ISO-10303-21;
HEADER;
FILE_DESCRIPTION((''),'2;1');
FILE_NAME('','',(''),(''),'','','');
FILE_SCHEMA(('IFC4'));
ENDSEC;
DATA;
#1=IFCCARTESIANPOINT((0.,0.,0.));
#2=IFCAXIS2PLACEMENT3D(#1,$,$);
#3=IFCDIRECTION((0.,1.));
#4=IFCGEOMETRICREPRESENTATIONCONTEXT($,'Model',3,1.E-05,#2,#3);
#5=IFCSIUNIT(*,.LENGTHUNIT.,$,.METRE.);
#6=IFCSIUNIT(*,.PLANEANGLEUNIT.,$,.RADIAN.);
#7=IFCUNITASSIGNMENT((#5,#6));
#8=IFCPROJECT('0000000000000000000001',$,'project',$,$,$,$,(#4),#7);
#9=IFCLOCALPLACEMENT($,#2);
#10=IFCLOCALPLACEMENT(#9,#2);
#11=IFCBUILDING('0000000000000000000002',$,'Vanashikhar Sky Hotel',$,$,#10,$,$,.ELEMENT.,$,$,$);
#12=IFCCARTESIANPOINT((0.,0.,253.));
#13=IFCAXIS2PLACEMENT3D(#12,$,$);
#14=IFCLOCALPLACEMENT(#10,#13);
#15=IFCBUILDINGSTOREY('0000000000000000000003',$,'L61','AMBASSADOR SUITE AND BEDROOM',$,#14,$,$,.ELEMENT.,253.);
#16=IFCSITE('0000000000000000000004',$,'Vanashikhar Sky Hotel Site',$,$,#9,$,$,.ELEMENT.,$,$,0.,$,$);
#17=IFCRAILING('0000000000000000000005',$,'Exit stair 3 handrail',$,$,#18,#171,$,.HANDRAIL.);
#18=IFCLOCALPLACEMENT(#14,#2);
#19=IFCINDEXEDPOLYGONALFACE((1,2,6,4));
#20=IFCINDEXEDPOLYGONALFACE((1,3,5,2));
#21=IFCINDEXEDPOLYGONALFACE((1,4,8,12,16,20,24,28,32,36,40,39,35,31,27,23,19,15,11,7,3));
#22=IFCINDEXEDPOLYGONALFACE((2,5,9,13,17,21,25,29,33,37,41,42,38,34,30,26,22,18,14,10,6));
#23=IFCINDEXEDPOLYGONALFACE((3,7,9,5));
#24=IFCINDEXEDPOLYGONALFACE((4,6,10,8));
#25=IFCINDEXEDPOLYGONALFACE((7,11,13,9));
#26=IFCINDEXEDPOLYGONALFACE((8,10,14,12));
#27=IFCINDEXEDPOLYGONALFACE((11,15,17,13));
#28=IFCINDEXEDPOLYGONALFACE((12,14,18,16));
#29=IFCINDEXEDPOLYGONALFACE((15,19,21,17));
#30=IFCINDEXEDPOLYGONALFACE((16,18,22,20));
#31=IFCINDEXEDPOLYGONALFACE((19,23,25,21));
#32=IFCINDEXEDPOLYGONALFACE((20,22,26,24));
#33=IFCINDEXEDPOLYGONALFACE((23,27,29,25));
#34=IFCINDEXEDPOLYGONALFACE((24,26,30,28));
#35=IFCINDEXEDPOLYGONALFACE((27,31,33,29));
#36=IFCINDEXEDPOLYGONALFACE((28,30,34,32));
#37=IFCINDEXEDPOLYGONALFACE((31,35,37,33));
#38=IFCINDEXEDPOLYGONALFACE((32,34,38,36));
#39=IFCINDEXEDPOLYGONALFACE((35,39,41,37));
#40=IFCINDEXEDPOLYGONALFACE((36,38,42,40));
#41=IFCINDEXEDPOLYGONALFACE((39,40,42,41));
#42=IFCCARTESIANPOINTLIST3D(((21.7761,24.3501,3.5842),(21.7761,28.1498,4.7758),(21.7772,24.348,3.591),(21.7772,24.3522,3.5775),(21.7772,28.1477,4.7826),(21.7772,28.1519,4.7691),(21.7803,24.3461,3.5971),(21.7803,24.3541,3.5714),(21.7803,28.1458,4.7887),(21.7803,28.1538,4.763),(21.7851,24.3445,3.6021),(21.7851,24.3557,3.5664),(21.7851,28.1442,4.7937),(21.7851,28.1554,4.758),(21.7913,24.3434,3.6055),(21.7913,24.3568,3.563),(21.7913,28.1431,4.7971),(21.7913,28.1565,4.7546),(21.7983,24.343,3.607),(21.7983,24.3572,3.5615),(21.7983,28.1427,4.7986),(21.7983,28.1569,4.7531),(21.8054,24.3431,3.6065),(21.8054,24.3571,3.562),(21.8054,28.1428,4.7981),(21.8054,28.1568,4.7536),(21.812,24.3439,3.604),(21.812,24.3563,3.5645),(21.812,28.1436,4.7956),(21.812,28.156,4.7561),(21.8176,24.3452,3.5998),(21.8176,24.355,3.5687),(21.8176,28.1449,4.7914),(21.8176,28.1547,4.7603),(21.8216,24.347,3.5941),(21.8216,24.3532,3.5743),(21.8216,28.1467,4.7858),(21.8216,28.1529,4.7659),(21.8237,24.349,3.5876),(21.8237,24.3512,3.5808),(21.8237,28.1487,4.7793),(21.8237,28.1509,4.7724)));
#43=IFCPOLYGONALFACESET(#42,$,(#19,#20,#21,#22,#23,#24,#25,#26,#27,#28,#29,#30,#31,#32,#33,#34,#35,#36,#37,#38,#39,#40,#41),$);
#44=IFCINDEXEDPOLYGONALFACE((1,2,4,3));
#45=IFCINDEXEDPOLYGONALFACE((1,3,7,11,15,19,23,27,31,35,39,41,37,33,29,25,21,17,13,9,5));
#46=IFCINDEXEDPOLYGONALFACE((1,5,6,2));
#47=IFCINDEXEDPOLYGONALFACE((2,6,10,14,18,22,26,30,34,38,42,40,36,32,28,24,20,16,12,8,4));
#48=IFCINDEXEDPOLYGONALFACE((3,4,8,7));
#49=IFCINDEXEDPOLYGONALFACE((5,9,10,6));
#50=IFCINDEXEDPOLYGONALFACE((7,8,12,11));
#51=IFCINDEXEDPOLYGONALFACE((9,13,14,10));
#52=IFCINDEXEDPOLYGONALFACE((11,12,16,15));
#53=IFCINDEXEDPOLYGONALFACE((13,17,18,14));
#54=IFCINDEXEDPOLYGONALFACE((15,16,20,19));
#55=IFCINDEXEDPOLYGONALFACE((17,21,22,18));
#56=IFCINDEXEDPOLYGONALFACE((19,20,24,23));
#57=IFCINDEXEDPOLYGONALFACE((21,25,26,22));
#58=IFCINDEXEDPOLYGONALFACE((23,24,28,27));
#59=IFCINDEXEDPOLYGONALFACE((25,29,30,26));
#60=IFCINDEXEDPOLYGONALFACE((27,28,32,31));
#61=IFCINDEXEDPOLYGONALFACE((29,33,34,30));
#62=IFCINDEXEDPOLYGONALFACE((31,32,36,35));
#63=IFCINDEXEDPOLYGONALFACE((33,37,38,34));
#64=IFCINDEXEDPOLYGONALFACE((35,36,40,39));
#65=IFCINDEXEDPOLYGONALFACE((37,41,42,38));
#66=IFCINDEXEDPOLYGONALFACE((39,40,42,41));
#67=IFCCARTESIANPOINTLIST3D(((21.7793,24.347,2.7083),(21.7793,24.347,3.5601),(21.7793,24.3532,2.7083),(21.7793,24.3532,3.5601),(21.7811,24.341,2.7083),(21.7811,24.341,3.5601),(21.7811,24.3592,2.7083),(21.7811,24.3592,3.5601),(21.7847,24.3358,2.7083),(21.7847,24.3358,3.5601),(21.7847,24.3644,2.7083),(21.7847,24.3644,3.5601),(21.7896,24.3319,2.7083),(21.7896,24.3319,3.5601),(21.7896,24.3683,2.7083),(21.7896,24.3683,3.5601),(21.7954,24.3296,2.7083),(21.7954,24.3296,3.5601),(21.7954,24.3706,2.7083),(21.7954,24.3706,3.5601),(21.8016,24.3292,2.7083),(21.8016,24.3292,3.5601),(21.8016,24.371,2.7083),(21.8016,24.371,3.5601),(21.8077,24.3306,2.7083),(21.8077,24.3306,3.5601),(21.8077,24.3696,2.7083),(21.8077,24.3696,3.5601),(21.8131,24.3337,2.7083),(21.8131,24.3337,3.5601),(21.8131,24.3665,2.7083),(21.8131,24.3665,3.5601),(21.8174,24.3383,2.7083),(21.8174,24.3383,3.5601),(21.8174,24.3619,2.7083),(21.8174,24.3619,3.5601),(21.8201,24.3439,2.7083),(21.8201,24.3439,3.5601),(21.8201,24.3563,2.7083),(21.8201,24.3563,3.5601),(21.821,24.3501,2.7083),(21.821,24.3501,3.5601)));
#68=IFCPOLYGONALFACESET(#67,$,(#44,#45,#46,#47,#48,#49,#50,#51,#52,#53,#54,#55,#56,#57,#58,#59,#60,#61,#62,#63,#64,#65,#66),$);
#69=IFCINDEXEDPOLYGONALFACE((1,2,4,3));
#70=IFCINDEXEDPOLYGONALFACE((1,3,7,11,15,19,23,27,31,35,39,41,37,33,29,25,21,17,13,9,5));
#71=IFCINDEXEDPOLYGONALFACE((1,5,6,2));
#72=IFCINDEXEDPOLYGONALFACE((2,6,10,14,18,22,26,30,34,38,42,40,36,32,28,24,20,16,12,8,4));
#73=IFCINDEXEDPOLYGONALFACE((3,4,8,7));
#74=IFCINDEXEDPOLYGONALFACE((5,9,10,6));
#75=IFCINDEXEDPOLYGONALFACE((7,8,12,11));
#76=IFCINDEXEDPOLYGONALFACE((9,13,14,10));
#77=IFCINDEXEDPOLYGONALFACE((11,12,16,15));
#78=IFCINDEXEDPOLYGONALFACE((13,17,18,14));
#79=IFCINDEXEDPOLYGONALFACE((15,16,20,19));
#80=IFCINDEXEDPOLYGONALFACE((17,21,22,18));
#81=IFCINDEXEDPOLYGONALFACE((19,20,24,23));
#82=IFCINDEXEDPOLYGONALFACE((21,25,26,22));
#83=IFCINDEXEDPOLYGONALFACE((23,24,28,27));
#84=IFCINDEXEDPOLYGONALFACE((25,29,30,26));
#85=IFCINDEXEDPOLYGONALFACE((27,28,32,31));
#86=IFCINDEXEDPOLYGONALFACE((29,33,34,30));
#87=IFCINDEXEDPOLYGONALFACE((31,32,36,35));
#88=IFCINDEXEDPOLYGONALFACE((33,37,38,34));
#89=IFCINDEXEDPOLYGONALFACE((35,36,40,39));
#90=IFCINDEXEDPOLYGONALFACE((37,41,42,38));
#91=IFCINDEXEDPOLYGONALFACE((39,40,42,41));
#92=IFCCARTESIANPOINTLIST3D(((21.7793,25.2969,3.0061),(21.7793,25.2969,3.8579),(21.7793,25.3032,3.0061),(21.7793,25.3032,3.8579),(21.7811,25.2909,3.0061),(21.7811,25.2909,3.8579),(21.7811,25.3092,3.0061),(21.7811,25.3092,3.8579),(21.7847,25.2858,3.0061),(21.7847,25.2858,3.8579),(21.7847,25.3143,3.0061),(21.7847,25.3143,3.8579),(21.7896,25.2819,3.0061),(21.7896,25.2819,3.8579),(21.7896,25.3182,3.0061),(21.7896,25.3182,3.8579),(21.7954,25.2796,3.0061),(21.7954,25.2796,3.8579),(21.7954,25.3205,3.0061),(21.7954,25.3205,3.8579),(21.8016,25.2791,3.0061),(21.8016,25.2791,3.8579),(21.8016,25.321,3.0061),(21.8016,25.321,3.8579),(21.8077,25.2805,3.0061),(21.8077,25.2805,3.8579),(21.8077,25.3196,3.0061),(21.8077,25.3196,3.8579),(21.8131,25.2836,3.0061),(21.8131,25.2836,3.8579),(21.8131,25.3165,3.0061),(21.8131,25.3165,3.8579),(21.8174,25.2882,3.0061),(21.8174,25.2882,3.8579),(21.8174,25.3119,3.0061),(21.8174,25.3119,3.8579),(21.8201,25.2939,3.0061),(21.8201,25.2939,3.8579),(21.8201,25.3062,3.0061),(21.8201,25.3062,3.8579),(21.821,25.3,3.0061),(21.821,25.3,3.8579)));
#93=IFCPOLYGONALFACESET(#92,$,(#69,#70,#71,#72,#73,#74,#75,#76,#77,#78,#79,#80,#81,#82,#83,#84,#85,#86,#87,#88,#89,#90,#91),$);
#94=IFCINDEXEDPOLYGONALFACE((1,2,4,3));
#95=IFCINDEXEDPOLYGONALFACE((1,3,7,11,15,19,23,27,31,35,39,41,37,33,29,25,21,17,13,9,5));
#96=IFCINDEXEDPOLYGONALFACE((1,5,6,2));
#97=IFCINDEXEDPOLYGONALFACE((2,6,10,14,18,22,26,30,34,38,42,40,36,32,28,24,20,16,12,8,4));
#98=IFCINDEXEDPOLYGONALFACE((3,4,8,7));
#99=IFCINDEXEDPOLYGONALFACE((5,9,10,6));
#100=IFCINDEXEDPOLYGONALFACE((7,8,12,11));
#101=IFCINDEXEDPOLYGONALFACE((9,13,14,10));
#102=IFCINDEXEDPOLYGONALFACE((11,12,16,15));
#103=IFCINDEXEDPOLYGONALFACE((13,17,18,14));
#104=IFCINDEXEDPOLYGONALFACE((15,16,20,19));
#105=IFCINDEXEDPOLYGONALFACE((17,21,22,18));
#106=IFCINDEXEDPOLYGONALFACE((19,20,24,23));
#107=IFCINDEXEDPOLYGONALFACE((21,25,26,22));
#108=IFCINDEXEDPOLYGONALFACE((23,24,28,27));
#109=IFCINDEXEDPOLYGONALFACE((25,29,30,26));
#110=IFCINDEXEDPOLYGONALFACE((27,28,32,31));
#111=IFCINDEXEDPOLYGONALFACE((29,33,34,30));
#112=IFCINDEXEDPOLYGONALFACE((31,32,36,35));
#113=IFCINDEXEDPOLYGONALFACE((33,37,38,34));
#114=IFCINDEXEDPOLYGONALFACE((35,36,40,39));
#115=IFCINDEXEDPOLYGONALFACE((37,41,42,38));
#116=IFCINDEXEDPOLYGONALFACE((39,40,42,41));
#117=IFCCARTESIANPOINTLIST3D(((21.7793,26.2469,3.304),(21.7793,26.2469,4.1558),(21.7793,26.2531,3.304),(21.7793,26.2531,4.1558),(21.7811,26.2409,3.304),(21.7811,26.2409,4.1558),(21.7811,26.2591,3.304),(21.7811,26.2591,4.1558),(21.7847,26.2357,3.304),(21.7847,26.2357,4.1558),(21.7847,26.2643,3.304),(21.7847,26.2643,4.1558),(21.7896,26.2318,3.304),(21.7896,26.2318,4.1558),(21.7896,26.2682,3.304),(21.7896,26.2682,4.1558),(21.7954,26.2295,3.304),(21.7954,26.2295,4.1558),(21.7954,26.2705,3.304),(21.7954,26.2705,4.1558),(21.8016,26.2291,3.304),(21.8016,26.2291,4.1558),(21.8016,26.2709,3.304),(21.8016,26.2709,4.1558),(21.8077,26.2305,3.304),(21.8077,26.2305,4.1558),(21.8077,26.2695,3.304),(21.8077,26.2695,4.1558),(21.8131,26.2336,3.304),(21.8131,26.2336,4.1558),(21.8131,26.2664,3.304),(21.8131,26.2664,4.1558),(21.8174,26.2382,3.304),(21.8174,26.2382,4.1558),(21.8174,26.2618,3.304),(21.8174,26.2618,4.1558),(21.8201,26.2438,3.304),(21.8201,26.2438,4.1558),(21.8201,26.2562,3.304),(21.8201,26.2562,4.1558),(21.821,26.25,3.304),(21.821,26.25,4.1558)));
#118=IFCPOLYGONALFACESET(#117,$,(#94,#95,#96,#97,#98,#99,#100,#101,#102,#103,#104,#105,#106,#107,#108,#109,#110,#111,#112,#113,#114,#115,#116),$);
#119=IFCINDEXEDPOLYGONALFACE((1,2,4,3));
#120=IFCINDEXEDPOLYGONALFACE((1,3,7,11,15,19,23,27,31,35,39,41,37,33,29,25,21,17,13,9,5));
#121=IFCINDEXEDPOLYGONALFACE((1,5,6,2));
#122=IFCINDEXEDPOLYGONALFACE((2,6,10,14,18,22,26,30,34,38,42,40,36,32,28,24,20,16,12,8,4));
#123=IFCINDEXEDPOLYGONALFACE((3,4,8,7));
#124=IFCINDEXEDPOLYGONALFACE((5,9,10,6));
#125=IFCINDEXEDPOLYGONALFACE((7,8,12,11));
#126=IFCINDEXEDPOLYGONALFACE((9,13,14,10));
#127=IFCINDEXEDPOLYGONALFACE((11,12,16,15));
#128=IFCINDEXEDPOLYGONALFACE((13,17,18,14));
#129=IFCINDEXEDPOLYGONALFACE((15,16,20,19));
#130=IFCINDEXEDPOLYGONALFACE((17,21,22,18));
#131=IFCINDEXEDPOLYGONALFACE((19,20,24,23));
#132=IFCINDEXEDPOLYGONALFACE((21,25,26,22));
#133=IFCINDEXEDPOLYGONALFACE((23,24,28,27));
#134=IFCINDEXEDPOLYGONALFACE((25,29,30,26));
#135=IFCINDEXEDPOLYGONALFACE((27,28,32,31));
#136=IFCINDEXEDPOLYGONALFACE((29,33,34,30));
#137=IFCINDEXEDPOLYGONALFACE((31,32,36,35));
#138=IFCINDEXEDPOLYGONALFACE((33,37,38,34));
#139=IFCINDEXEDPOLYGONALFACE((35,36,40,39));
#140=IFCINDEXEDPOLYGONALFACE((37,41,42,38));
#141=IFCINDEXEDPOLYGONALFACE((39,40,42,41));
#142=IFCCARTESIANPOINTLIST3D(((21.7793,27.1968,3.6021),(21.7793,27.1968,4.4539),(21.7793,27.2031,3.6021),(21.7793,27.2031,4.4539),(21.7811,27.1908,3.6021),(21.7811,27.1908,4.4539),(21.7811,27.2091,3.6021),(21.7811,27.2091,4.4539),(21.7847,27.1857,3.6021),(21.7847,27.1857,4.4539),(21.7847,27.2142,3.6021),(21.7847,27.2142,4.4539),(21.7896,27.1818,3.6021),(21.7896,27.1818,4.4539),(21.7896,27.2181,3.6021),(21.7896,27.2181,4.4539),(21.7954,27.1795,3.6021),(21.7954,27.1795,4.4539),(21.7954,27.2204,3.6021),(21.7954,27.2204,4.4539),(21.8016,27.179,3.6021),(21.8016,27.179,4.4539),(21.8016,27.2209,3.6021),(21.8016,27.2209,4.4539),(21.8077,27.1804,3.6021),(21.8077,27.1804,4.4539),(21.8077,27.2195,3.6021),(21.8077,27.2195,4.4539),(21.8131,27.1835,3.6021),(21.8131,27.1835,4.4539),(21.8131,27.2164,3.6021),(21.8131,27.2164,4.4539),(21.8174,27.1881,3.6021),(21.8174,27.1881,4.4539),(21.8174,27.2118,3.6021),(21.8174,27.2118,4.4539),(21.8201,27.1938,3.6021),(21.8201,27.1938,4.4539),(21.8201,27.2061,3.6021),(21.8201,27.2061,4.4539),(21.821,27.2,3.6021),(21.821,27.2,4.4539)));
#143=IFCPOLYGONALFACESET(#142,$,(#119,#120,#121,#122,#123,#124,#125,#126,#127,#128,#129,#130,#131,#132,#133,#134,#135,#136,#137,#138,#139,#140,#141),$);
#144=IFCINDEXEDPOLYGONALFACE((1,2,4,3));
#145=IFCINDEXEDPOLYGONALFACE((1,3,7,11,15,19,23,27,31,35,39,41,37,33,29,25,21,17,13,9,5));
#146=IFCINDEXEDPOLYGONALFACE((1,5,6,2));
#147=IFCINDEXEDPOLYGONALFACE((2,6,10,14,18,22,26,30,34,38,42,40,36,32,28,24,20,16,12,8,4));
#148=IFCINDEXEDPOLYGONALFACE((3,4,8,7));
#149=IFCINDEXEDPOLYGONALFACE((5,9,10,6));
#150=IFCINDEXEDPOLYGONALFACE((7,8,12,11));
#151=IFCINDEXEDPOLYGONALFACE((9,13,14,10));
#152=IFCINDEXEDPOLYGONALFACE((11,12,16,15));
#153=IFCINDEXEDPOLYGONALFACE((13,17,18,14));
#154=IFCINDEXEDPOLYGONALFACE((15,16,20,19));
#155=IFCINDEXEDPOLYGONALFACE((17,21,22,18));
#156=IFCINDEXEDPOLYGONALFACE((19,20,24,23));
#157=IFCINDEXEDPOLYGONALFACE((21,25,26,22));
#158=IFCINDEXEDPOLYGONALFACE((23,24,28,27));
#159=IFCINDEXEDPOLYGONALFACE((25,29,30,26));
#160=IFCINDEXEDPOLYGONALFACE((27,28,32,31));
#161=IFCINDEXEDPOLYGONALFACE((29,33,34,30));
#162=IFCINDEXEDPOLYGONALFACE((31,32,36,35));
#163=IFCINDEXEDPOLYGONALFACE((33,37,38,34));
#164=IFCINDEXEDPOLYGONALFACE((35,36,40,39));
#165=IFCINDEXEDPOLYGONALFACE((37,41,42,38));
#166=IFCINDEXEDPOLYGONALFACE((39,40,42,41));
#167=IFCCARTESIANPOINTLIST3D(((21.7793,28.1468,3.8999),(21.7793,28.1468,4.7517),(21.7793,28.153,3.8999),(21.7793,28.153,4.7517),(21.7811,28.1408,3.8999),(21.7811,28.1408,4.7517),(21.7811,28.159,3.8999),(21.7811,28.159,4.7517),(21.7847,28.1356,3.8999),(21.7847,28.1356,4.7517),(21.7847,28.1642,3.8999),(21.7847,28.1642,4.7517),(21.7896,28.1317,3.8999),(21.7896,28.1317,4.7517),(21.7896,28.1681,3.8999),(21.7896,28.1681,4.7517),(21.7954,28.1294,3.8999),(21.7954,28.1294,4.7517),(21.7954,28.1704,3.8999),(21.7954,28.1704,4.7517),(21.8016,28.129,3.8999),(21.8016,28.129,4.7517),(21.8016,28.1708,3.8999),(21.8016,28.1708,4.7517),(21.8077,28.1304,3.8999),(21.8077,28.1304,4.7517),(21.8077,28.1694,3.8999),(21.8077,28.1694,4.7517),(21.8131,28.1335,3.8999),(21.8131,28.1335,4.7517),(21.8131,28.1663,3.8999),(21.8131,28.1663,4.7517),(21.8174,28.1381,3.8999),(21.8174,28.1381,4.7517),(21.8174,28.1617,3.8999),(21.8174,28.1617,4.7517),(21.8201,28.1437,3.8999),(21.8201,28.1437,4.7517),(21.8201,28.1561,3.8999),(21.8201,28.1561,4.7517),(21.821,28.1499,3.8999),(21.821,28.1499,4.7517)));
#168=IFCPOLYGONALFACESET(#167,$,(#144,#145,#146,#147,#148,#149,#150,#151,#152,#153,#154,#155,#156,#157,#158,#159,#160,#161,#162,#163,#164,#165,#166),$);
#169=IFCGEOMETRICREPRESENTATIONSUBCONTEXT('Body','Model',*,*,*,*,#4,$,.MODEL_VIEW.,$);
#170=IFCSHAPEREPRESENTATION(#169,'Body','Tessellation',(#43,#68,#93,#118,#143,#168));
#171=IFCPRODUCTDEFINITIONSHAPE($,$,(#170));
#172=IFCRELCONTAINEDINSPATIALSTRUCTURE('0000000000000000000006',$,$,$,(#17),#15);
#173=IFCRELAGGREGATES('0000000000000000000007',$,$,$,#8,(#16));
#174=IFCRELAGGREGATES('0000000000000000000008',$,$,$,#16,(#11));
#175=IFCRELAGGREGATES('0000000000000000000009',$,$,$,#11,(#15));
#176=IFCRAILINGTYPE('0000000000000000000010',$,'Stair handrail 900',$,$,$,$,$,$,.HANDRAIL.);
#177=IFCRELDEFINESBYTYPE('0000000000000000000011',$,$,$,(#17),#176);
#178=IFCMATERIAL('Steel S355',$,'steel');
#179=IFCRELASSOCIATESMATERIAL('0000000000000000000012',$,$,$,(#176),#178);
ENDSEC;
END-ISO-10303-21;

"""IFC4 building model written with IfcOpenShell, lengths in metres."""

from ifc_helpers import new_model, si_unit, direction, frame, origin, origin_2d, place, context, subcontext, project, spatial, circle, extrude, source, transform, mapped, material, type_object, element, save


model = new_model("IFC4")

# Units and contexts
model_context = context("Model", 3, precision=1e-05, world=origin(), true_north=direction((0.0, 1.0)))
body_context = subcontext(model_context, "Body", "Model", "MODEL_VIEW")
ifc_project = project(units=[si_unit("LENGTHUNIT", "METRE"), si_unit("PLANEANGLEUNIT", "RADIAN")], contexts=[model_context])

# Site, building, storey
site_placement = place(None, origin())
site = spatial("IfcSite", under=ifc_project, at=site_placement, Name="Vanashikhar Sky Hotel Site", CompositionType="ELEMENT", RefElevation=0.0)
building_placement = place(site_placement, origin())
building = spatial("IfcBuilding", under=site, at=building_placement, Name="Vanashikhar Sky Hotel", CompositionType="ELEMENT")
storey_placement = place(building_placement, frame((0.0, 0.0, 253.0)))
storey = spatial("IfcBuildingStorey", under=building, at=storey_placement, Name="L61", Description="AMBASSADOR SUITE AND BEDROOM", CompositionType="ELEMENT", Elevation=253.0)

# Railing
ifc_material_1 = material(Name="Steel S355", Category="steel")
railing_type_1 = type_object("IfcRailingType", Name="Stair handrail 900", PredefinedType="HANDRAIL", material=ifc_material_1)
shared_shape_1 = source(origin(), body_context, "Body", "SweptSolid", [
    extrude(circle(Radius=0.0239, at=origin_2d()), frame((0.0, 0.0, 0.876), z_axis=(0.0, 0.954178, 0.299238), x_axis=(-1.0, 0.0, 0.0)), (0.0, 0.0, 1.0), 3.9822),
    extrude(circle(Radius=0.021, at=origin_2d()), origin(), (0.0, 0.0, 1.0), 0.8518),
    extrude(circle(Radius=0.021, at=origin_2d()), frame((0.0, 0.95, 0.2979)), (0.0, 0.0, 1.0), 0.8518),
    extrude(circle(Radius=0.021, at=origin_2d()), frame((0.0, 1.8999, 0.5957)), (0.0, 0.0, 1.0), 0.8518),
    extrude(circle(Radius=0.021, at=origin_2d()), frame((0.0, 2.8499, 0.8938)), (0.0, 0.0, 1.0), 0.8518),
    extrude(circle(Radius=0.021, at=origin_2d()), frame((0.0, 3.7998, 1.1917)), (0.0, 0.0, 1.0), 0.8518),
])
for number, where, name in (
    (1, (21.8, 24.3501, 2.7083), "Exit stair 3 handrail"),
):
    element("IfcRailing", number, at=place(storey_placement, frame(where)), inside=storey, type_object=railing_type_1, Name=name, PredefinedType="HANDRAIL", context=body_context, shape_type="MappedRepresentation", body=[
        mapped(shared_shape_1, transform((0.0, 0.0, 0.0), scale=1.0)),
    ])

save(model, "model.ifc")
